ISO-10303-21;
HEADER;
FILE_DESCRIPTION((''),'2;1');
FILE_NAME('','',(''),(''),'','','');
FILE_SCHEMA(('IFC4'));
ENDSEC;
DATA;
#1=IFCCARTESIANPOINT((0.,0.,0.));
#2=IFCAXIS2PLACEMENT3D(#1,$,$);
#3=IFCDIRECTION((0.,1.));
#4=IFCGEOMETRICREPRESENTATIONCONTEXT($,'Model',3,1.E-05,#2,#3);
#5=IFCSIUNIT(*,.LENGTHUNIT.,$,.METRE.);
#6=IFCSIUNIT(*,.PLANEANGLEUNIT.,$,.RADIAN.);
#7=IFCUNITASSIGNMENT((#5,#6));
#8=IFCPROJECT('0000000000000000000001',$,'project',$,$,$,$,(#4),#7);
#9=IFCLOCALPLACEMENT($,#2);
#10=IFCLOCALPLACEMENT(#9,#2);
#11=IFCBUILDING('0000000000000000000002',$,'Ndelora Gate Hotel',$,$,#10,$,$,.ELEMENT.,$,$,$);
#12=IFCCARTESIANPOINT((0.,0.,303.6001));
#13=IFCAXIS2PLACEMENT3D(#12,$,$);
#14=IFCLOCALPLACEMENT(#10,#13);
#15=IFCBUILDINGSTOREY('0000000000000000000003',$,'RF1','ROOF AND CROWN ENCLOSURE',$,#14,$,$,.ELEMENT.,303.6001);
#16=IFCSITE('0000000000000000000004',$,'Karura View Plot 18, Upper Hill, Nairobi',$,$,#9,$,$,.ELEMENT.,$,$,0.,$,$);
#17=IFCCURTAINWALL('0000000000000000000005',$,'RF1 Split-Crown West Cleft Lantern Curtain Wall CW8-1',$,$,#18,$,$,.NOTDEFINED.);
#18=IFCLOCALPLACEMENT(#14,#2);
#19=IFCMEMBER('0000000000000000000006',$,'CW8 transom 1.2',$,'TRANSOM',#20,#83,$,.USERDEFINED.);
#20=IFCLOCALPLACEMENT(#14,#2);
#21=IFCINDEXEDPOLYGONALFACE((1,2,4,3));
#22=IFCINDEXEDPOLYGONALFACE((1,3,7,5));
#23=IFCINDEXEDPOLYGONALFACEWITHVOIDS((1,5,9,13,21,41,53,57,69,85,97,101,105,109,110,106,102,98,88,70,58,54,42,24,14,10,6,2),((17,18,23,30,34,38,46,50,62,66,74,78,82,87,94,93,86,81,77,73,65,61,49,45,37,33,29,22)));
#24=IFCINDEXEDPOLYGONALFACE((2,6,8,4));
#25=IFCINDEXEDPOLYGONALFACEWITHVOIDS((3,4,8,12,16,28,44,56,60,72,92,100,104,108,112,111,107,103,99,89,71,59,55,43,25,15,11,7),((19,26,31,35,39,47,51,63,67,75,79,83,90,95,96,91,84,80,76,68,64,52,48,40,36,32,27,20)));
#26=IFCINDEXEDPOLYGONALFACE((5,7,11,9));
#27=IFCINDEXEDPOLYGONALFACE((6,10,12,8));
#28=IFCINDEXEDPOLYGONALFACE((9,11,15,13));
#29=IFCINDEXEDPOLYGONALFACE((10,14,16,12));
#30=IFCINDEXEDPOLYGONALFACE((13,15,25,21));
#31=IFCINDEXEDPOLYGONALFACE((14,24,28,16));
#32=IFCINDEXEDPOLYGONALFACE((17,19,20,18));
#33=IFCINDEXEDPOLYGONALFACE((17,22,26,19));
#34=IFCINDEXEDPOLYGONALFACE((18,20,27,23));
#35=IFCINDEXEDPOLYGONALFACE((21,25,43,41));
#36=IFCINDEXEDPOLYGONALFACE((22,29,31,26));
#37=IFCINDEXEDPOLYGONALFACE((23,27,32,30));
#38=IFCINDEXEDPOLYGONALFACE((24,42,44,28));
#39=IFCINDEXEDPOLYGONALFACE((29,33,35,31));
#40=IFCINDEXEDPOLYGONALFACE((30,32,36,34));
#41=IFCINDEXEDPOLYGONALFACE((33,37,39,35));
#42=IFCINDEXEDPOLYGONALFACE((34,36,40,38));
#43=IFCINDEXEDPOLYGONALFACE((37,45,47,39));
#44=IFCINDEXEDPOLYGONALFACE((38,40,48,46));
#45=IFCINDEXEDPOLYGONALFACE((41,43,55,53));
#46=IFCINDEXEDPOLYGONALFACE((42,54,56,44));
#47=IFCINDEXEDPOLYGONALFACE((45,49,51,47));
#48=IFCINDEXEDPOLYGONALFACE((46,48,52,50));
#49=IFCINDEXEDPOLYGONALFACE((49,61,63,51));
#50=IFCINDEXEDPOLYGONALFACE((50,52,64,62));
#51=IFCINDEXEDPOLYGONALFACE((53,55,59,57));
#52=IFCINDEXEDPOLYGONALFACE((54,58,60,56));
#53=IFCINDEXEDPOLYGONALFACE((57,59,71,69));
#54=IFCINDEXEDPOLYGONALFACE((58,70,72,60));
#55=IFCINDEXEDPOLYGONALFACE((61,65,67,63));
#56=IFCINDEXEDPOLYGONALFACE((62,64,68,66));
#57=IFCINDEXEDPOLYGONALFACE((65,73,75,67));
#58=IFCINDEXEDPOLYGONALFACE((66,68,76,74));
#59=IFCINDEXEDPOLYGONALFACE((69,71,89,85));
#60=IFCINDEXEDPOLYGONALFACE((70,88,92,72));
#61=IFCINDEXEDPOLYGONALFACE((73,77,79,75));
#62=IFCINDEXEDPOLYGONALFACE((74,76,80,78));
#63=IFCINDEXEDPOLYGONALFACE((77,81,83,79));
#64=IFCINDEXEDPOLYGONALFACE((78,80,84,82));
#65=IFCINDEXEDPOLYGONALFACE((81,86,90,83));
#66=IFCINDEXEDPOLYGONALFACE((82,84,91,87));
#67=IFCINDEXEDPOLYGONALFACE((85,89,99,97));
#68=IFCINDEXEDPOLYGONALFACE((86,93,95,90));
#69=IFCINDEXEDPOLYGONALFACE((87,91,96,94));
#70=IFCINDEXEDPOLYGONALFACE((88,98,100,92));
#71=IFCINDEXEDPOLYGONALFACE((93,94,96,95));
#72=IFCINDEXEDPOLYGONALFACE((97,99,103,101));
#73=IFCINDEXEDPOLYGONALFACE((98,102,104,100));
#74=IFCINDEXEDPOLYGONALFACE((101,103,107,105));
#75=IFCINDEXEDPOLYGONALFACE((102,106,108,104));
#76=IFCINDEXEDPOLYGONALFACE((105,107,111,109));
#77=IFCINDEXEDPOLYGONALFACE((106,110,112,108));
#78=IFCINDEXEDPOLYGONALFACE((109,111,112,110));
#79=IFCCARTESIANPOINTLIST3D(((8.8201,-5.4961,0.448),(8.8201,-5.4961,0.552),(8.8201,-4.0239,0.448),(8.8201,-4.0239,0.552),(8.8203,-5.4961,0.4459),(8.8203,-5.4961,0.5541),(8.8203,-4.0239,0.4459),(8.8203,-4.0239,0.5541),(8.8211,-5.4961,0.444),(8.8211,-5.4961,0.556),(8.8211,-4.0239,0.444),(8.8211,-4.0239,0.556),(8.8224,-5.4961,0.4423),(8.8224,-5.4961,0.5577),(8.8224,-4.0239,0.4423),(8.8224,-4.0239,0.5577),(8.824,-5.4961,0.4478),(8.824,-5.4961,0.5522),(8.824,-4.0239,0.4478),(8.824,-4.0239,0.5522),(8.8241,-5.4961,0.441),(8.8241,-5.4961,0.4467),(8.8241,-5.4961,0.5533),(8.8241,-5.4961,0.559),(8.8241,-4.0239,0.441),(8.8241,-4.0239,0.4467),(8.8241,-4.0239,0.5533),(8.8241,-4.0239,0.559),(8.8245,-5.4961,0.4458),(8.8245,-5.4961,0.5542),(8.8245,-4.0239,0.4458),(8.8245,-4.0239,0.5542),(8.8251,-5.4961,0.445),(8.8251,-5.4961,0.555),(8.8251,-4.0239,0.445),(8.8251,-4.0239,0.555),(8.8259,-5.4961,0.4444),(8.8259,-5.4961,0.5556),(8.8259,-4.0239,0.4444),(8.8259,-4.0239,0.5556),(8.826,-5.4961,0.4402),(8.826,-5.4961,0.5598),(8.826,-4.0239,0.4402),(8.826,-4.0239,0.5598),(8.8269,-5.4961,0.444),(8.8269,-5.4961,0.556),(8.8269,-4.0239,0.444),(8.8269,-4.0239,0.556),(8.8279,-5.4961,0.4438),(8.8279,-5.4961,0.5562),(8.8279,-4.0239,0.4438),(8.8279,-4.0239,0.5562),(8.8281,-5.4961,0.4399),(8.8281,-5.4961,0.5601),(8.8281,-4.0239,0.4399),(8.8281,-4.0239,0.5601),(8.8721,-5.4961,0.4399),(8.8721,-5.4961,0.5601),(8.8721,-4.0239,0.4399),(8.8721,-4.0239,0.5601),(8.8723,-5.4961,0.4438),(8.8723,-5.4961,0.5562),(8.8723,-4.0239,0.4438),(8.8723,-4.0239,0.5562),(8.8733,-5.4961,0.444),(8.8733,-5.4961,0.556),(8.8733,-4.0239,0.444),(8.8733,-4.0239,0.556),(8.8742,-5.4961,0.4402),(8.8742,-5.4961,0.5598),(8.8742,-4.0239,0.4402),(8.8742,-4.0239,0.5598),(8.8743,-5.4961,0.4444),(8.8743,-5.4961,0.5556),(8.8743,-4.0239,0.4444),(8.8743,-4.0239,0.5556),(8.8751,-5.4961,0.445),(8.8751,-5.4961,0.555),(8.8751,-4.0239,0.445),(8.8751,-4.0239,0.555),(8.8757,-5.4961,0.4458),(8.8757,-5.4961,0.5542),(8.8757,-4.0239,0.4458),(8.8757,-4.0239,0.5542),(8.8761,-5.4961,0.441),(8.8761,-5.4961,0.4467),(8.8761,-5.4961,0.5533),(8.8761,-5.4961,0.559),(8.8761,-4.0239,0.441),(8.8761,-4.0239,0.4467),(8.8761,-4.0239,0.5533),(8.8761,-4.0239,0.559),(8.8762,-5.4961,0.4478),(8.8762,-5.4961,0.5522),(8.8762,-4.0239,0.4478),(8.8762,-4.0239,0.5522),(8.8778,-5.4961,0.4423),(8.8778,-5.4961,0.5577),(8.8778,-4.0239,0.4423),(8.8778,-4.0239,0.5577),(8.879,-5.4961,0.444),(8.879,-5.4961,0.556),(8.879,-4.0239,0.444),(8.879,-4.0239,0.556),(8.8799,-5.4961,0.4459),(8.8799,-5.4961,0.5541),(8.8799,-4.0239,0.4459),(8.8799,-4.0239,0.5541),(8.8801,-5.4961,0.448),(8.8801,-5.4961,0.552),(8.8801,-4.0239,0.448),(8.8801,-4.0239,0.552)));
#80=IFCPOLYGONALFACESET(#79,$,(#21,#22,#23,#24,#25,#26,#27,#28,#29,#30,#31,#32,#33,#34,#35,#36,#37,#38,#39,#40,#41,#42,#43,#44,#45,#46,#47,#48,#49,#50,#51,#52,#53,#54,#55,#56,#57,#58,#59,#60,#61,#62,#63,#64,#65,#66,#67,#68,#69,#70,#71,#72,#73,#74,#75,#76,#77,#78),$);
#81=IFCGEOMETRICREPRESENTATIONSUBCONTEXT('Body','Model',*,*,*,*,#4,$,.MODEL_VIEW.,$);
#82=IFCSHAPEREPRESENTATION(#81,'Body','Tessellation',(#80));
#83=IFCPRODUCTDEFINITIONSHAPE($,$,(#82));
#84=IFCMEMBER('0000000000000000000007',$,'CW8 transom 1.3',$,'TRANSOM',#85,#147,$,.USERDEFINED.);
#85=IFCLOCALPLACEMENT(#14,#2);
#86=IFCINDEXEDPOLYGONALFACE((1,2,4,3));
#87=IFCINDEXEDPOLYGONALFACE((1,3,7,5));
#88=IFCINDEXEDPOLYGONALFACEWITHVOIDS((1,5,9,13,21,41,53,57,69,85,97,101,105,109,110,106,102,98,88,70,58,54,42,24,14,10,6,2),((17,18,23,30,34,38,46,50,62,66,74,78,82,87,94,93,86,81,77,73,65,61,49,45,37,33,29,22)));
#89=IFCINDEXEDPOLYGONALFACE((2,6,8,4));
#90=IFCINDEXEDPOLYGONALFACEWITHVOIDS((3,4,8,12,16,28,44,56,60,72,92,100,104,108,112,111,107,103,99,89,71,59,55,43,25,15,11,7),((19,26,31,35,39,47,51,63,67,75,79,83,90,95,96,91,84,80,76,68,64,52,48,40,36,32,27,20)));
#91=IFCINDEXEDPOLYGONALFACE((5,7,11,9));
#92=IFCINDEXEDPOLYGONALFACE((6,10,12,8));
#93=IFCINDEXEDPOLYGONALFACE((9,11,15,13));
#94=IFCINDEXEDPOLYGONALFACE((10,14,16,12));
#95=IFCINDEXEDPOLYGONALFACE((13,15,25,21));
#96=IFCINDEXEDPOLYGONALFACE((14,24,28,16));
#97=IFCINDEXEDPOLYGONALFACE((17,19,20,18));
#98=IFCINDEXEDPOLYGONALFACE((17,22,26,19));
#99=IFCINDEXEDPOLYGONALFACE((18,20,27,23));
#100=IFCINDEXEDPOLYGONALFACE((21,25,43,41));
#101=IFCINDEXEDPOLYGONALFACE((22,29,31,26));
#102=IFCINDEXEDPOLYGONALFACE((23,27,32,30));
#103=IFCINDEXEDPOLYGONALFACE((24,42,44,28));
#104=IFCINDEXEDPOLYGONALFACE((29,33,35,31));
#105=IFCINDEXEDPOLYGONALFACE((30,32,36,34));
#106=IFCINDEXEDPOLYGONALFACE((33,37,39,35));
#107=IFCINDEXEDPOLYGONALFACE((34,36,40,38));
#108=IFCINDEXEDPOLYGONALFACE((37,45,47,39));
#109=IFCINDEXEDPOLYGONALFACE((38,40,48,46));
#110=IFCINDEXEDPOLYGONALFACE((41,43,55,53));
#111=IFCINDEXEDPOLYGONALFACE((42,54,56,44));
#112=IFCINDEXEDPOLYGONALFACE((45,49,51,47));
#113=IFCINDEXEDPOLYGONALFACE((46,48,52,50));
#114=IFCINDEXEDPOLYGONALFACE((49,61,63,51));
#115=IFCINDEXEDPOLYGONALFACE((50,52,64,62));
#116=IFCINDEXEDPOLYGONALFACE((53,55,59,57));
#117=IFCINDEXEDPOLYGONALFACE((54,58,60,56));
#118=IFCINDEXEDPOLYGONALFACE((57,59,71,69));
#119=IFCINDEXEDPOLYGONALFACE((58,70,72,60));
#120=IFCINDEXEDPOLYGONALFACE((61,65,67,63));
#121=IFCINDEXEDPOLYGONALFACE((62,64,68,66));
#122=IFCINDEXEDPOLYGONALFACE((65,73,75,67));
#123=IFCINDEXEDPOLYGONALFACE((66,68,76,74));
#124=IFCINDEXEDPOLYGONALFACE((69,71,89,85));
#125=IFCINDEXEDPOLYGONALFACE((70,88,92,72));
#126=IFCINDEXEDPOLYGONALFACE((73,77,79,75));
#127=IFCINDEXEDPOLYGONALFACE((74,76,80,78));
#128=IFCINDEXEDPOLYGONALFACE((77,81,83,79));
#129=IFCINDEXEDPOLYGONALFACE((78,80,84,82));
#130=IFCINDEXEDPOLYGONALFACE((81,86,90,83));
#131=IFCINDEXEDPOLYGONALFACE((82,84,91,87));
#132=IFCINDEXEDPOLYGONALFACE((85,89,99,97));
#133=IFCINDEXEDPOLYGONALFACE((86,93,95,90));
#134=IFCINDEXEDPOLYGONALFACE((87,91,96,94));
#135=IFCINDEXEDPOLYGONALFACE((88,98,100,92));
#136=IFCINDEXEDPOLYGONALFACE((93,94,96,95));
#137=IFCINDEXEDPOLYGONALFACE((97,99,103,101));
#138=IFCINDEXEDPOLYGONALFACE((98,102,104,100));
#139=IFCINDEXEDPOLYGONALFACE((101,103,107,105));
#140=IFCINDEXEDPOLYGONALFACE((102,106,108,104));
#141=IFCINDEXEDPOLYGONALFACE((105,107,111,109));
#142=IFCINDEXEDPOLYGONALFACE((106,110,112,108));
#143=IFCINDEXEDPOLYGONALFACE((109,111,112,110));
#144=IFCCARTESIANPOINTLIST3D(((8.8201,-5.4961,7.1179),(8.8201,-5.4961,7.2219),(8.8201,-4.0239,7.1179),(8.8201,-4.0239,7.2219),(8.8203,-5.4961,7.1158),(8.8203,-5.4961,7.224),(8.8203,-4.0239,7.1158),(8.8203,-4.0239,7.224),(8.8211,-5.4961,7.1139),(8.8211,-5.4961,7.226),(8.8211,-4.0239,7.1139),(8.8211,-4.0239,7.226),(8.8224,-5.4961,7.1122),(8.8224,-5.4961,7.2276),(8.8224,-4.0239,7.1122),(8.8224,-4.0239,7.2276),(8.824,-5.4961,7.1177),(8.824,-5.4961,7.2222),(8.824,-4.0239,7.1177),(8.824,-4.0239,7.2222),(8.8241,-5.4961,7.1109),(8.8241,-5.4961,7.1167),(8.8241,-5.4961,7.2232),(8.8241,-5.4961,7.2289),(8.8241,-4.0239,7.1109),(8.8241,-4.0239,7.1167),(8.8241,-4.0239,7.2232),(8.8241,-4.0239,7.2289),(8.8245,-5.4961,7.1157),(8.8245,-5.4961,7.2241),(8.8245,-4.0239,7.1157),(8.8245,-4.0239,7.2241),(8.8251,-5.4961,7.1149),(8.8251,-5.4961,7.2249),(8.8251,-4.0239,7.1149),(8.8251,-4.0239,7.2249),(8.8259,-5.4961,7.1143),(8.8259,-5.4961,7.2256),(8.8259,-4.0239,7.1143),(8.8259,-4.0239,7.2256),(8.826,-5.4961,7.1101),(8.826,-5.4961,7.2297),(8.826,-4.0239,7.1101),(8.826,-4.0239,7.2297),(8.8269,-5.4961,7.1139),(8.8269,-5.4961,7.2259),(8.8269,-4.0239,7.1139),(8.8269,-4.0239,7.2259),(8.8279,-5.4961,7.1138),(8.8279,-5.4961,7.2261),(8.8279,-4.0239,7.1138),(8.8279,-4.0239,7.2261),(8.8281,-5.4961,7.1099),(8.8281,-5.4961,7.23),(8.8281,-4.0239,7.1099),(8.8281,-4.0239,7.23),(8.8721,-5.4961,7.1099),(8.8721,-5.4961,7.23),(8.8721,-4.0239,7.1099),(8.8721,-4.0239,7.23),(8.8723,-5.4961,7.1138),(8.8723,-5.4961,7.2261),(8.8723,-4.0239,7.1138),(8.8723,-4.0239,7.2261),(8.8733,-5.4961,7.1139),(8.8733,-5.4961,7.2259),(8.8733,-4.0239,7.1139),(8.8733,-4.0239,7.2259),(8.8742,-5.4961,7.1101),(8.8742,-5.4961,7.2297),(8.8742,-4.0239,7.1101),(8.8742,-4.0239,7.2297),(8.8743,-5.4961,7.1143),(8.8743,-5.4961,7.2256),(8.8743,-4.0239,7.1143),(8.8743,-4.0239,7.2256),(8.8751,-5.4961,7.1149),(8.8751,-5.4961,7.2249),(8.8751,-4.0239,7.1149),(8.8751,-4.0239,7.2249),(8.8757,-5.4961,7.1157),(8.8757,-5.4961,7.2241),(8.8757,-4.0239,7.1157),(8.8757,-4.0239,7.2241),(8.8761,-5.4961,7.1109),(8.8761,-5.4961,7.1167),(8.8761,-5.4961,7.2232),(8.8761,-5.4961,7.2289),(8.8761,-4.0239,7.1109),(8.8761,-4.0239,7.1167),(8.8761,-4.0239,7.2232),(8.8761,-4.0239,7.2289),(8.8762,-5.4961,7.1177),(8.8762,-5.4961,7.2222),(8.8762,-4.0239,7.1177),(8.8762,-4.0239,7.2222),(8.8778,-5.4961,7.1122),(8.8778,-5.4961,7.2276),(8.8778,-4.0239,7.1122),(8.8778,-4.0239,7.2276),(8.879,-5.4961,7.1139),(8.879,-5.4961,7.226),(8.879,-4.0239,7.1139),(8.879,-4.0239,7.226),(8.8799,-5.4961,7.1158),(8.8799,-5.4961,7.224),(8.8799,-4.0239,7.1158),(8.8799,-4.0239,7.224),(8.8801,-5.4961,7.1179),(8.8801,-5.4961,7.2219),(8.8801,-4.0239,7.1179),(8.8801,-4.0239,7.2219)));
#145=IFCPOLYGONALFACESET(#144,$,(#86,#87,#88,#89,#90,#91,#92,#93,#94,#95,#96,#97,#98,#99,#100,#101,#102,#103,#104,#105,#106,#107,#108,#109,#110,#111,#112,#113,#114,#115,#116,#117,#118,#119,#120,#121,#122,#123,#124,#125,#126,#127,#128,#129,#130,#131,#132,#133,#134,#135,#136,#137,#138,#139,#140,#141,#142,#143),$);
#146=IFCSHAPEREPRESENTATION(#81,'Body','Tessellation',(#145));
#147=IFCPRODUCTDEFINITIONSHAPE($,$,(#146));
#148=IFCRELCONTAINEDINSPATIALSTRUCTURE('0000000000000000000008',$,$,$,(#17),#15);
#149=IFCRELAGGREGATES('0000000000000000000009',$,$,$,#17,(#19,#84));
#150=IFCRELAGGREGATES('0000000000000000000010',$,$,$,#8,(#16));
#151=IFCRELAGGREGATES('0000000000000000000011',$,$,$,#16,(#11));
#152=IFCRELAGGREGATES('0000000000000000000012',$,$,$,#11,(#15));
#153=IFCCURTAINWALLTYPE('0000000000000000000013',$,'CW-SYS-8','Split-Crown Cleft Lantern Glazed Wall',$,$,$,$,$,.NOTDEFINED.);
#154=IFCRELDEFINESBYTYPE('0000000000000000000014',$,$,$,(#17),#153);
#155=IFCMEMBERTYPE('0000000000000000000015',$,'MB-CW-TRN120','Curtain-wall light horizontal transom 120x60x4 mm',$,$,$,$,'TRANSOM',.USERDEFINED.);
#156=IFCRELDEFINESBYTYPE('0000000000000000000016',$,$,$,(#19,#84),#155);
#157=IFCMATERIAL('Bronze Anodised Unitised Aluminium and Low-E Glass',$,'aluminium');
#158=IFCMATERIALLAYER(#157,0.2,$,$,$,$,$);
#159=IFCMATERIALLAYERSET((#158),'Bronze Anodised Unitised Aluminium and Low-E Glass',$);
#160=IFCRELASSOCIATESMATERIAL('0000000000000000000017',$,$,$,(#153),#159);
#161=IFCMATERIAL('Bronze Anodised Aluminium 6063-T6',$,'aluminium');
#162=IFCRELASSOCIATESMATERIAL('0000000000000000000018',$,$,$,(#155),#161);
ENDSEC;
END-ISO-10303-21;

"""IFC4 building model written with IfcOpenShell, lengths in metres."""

from ifc_helpers import new_model, si_unit, direction, frame, origin, origin_2d, place, context, subcontext, project, spatial, hollow_rectangle, extrude, material, layer, layer_set, material_profile, profile_set, type_object, element, aggregate, save


model = new_model("IFC4")

# Units and contexts
model_context = context("Model", 3, precision=1e-05, world=origin(), true_north=direction((0.0, 1.0)))
body_context = subcontext(model_context, "Body", "Model", "MODEL_VIEW")
ifc_project = project(units=[si_unit("LENGTHUNIT", "METRE"), si_unit("PLANEANGLEUNIT", "RADIAN")], contexts=[model_context])

# Site, building, storey
site_placement = place(None, origin())
site = spatial("IfcSite", under=ifc_project, at=site_placement, Name="Karura View Plot 18, Upper Hill, Nairobi", CompositionType="ELEMENT", RefElevation=0.0)
building_placement = place(site_placement, origin())
building = spatial("IfcBuilding", under=site, at=building_placement, Name="Ndelora Gate Hotel", CompositionType="ELEMENT")
storey_placement = place(building_placement, frame((0.0, 0.0, 303.6001)))
storey = spatial("IfcBuildingStorey", under=building, at=storey_placement, Name="RF1", Description="ROOF AND CROWN ENCLOSURE", CompositionType="ELEMENT", Elevation=303.6001)

# Curtain wall
ifc_material_1 = material(Name="Bronze Anodised Unitised Aluminium and Low-E Glass", Category="aluminium")
ifc_layer_1 = layer(ifc_material_1, 0.2)
ifc_layer_set_1 = layer_set([ifc_layer_1], Name="Bronze Anodised Unitised Aluminium and Low-E Glass")
curtain_wall_type = type_object("IfcCurtainWallType", Name="CW-SYS-8", Description="Split-Crown Cleft Lantern Glazed Wall", PredefinedType="NOTDEFINED", material=ifc_layer_set_1)
curtain_wall_1_placement = place(storey_placement, origin())
curtain_wall_1 = element("IfcCurtainWall", 1, at=curtain_wall_1_placement, inside=storey, type_object=curtain_wall_type, Name="RF1 Split-Crown West Cleft Lantern Curtain Wall CW8-1", PredefinedType="NOTDEFINED")
ifc_material_2 = material(Name="Bronze Anodised Aluminium 6063-T6", Category="aluminium")

# Members
ifc_material_profile_1 = material_profile(ifc_material_2, hollow_rectangle(XDim=0.0601, YDim=0.1201, WallThickness=0.0039, InnerFilletRadius=0.0039, OuterFilletRadius=0.0081, at=origin_2d()), Name="ALU 120x60x4")
ifc_profile_set_1 = profile_set([ifc_material_profile_1], Name="Bronze Anodised Aluminium 6063-T6")
member_type_1 = type_object("IfcMemberType", Name="MB-CW-TRN120", Description="Curtain-wall light horizontal transom 120x60x4 mm", ElementType="TRANSOM", PredefinedType="USERDEFINED", material=ifc_profile_set_1)
member_1_placement = place(storey_placement, frame((8.8501, -5.4961, 0.5), z_axis=(0.0, 1.0, 0.0), x_axis=(-1.0, 0.0, 0.0)))
member_1 = element("IfcMember", 2, at=member_1_placement, type_object=member_type_1, Name="CW8 transom 1.2", ObjectType="TRANSOM", PredefinedType="USERDEFINED", context=body_context, shape_type="SweptSolid", body=[
    extrude(hollow_rectangle(XDim=0.0601, YDim=0.1201, WallThickness=0.0039, InnerFilletRadius=0.0039, OuterFilletRadius=0.0081, at=origin_2d()), origin(), (0.0, 0.0, 1.0), 1.4722),
])
member_2_placement = place(storey_placement, frame((8.8501, -5.4961, 7.1699), z_axis=(0.0, 1.0, 0.0), x_axis=(-1.0, 0.0, 0.0)))
member_2 = element("IfcMember", 3, at=member_2_placement, type_object=member_type_1, Name="CW8 transom 1.3", ObjectType="TRANSOM", PredefinedType="USERDEFINED", context=body_context, shape_type="SweptSolid", body=[
    extrude(hollow_rectangle(XDim=0.0601, YDim=0.1201, WallThickness=0.0039, InnerFilletRadius=0.0039, OuterFilletRadius=0.0081, at=origin_2d()), origin(), (0.0, 0.0, 1.0), 1.4722),
])

aggregate(curtain_wall_1, [member_1, member_2])

save(model, "model.ifc")
